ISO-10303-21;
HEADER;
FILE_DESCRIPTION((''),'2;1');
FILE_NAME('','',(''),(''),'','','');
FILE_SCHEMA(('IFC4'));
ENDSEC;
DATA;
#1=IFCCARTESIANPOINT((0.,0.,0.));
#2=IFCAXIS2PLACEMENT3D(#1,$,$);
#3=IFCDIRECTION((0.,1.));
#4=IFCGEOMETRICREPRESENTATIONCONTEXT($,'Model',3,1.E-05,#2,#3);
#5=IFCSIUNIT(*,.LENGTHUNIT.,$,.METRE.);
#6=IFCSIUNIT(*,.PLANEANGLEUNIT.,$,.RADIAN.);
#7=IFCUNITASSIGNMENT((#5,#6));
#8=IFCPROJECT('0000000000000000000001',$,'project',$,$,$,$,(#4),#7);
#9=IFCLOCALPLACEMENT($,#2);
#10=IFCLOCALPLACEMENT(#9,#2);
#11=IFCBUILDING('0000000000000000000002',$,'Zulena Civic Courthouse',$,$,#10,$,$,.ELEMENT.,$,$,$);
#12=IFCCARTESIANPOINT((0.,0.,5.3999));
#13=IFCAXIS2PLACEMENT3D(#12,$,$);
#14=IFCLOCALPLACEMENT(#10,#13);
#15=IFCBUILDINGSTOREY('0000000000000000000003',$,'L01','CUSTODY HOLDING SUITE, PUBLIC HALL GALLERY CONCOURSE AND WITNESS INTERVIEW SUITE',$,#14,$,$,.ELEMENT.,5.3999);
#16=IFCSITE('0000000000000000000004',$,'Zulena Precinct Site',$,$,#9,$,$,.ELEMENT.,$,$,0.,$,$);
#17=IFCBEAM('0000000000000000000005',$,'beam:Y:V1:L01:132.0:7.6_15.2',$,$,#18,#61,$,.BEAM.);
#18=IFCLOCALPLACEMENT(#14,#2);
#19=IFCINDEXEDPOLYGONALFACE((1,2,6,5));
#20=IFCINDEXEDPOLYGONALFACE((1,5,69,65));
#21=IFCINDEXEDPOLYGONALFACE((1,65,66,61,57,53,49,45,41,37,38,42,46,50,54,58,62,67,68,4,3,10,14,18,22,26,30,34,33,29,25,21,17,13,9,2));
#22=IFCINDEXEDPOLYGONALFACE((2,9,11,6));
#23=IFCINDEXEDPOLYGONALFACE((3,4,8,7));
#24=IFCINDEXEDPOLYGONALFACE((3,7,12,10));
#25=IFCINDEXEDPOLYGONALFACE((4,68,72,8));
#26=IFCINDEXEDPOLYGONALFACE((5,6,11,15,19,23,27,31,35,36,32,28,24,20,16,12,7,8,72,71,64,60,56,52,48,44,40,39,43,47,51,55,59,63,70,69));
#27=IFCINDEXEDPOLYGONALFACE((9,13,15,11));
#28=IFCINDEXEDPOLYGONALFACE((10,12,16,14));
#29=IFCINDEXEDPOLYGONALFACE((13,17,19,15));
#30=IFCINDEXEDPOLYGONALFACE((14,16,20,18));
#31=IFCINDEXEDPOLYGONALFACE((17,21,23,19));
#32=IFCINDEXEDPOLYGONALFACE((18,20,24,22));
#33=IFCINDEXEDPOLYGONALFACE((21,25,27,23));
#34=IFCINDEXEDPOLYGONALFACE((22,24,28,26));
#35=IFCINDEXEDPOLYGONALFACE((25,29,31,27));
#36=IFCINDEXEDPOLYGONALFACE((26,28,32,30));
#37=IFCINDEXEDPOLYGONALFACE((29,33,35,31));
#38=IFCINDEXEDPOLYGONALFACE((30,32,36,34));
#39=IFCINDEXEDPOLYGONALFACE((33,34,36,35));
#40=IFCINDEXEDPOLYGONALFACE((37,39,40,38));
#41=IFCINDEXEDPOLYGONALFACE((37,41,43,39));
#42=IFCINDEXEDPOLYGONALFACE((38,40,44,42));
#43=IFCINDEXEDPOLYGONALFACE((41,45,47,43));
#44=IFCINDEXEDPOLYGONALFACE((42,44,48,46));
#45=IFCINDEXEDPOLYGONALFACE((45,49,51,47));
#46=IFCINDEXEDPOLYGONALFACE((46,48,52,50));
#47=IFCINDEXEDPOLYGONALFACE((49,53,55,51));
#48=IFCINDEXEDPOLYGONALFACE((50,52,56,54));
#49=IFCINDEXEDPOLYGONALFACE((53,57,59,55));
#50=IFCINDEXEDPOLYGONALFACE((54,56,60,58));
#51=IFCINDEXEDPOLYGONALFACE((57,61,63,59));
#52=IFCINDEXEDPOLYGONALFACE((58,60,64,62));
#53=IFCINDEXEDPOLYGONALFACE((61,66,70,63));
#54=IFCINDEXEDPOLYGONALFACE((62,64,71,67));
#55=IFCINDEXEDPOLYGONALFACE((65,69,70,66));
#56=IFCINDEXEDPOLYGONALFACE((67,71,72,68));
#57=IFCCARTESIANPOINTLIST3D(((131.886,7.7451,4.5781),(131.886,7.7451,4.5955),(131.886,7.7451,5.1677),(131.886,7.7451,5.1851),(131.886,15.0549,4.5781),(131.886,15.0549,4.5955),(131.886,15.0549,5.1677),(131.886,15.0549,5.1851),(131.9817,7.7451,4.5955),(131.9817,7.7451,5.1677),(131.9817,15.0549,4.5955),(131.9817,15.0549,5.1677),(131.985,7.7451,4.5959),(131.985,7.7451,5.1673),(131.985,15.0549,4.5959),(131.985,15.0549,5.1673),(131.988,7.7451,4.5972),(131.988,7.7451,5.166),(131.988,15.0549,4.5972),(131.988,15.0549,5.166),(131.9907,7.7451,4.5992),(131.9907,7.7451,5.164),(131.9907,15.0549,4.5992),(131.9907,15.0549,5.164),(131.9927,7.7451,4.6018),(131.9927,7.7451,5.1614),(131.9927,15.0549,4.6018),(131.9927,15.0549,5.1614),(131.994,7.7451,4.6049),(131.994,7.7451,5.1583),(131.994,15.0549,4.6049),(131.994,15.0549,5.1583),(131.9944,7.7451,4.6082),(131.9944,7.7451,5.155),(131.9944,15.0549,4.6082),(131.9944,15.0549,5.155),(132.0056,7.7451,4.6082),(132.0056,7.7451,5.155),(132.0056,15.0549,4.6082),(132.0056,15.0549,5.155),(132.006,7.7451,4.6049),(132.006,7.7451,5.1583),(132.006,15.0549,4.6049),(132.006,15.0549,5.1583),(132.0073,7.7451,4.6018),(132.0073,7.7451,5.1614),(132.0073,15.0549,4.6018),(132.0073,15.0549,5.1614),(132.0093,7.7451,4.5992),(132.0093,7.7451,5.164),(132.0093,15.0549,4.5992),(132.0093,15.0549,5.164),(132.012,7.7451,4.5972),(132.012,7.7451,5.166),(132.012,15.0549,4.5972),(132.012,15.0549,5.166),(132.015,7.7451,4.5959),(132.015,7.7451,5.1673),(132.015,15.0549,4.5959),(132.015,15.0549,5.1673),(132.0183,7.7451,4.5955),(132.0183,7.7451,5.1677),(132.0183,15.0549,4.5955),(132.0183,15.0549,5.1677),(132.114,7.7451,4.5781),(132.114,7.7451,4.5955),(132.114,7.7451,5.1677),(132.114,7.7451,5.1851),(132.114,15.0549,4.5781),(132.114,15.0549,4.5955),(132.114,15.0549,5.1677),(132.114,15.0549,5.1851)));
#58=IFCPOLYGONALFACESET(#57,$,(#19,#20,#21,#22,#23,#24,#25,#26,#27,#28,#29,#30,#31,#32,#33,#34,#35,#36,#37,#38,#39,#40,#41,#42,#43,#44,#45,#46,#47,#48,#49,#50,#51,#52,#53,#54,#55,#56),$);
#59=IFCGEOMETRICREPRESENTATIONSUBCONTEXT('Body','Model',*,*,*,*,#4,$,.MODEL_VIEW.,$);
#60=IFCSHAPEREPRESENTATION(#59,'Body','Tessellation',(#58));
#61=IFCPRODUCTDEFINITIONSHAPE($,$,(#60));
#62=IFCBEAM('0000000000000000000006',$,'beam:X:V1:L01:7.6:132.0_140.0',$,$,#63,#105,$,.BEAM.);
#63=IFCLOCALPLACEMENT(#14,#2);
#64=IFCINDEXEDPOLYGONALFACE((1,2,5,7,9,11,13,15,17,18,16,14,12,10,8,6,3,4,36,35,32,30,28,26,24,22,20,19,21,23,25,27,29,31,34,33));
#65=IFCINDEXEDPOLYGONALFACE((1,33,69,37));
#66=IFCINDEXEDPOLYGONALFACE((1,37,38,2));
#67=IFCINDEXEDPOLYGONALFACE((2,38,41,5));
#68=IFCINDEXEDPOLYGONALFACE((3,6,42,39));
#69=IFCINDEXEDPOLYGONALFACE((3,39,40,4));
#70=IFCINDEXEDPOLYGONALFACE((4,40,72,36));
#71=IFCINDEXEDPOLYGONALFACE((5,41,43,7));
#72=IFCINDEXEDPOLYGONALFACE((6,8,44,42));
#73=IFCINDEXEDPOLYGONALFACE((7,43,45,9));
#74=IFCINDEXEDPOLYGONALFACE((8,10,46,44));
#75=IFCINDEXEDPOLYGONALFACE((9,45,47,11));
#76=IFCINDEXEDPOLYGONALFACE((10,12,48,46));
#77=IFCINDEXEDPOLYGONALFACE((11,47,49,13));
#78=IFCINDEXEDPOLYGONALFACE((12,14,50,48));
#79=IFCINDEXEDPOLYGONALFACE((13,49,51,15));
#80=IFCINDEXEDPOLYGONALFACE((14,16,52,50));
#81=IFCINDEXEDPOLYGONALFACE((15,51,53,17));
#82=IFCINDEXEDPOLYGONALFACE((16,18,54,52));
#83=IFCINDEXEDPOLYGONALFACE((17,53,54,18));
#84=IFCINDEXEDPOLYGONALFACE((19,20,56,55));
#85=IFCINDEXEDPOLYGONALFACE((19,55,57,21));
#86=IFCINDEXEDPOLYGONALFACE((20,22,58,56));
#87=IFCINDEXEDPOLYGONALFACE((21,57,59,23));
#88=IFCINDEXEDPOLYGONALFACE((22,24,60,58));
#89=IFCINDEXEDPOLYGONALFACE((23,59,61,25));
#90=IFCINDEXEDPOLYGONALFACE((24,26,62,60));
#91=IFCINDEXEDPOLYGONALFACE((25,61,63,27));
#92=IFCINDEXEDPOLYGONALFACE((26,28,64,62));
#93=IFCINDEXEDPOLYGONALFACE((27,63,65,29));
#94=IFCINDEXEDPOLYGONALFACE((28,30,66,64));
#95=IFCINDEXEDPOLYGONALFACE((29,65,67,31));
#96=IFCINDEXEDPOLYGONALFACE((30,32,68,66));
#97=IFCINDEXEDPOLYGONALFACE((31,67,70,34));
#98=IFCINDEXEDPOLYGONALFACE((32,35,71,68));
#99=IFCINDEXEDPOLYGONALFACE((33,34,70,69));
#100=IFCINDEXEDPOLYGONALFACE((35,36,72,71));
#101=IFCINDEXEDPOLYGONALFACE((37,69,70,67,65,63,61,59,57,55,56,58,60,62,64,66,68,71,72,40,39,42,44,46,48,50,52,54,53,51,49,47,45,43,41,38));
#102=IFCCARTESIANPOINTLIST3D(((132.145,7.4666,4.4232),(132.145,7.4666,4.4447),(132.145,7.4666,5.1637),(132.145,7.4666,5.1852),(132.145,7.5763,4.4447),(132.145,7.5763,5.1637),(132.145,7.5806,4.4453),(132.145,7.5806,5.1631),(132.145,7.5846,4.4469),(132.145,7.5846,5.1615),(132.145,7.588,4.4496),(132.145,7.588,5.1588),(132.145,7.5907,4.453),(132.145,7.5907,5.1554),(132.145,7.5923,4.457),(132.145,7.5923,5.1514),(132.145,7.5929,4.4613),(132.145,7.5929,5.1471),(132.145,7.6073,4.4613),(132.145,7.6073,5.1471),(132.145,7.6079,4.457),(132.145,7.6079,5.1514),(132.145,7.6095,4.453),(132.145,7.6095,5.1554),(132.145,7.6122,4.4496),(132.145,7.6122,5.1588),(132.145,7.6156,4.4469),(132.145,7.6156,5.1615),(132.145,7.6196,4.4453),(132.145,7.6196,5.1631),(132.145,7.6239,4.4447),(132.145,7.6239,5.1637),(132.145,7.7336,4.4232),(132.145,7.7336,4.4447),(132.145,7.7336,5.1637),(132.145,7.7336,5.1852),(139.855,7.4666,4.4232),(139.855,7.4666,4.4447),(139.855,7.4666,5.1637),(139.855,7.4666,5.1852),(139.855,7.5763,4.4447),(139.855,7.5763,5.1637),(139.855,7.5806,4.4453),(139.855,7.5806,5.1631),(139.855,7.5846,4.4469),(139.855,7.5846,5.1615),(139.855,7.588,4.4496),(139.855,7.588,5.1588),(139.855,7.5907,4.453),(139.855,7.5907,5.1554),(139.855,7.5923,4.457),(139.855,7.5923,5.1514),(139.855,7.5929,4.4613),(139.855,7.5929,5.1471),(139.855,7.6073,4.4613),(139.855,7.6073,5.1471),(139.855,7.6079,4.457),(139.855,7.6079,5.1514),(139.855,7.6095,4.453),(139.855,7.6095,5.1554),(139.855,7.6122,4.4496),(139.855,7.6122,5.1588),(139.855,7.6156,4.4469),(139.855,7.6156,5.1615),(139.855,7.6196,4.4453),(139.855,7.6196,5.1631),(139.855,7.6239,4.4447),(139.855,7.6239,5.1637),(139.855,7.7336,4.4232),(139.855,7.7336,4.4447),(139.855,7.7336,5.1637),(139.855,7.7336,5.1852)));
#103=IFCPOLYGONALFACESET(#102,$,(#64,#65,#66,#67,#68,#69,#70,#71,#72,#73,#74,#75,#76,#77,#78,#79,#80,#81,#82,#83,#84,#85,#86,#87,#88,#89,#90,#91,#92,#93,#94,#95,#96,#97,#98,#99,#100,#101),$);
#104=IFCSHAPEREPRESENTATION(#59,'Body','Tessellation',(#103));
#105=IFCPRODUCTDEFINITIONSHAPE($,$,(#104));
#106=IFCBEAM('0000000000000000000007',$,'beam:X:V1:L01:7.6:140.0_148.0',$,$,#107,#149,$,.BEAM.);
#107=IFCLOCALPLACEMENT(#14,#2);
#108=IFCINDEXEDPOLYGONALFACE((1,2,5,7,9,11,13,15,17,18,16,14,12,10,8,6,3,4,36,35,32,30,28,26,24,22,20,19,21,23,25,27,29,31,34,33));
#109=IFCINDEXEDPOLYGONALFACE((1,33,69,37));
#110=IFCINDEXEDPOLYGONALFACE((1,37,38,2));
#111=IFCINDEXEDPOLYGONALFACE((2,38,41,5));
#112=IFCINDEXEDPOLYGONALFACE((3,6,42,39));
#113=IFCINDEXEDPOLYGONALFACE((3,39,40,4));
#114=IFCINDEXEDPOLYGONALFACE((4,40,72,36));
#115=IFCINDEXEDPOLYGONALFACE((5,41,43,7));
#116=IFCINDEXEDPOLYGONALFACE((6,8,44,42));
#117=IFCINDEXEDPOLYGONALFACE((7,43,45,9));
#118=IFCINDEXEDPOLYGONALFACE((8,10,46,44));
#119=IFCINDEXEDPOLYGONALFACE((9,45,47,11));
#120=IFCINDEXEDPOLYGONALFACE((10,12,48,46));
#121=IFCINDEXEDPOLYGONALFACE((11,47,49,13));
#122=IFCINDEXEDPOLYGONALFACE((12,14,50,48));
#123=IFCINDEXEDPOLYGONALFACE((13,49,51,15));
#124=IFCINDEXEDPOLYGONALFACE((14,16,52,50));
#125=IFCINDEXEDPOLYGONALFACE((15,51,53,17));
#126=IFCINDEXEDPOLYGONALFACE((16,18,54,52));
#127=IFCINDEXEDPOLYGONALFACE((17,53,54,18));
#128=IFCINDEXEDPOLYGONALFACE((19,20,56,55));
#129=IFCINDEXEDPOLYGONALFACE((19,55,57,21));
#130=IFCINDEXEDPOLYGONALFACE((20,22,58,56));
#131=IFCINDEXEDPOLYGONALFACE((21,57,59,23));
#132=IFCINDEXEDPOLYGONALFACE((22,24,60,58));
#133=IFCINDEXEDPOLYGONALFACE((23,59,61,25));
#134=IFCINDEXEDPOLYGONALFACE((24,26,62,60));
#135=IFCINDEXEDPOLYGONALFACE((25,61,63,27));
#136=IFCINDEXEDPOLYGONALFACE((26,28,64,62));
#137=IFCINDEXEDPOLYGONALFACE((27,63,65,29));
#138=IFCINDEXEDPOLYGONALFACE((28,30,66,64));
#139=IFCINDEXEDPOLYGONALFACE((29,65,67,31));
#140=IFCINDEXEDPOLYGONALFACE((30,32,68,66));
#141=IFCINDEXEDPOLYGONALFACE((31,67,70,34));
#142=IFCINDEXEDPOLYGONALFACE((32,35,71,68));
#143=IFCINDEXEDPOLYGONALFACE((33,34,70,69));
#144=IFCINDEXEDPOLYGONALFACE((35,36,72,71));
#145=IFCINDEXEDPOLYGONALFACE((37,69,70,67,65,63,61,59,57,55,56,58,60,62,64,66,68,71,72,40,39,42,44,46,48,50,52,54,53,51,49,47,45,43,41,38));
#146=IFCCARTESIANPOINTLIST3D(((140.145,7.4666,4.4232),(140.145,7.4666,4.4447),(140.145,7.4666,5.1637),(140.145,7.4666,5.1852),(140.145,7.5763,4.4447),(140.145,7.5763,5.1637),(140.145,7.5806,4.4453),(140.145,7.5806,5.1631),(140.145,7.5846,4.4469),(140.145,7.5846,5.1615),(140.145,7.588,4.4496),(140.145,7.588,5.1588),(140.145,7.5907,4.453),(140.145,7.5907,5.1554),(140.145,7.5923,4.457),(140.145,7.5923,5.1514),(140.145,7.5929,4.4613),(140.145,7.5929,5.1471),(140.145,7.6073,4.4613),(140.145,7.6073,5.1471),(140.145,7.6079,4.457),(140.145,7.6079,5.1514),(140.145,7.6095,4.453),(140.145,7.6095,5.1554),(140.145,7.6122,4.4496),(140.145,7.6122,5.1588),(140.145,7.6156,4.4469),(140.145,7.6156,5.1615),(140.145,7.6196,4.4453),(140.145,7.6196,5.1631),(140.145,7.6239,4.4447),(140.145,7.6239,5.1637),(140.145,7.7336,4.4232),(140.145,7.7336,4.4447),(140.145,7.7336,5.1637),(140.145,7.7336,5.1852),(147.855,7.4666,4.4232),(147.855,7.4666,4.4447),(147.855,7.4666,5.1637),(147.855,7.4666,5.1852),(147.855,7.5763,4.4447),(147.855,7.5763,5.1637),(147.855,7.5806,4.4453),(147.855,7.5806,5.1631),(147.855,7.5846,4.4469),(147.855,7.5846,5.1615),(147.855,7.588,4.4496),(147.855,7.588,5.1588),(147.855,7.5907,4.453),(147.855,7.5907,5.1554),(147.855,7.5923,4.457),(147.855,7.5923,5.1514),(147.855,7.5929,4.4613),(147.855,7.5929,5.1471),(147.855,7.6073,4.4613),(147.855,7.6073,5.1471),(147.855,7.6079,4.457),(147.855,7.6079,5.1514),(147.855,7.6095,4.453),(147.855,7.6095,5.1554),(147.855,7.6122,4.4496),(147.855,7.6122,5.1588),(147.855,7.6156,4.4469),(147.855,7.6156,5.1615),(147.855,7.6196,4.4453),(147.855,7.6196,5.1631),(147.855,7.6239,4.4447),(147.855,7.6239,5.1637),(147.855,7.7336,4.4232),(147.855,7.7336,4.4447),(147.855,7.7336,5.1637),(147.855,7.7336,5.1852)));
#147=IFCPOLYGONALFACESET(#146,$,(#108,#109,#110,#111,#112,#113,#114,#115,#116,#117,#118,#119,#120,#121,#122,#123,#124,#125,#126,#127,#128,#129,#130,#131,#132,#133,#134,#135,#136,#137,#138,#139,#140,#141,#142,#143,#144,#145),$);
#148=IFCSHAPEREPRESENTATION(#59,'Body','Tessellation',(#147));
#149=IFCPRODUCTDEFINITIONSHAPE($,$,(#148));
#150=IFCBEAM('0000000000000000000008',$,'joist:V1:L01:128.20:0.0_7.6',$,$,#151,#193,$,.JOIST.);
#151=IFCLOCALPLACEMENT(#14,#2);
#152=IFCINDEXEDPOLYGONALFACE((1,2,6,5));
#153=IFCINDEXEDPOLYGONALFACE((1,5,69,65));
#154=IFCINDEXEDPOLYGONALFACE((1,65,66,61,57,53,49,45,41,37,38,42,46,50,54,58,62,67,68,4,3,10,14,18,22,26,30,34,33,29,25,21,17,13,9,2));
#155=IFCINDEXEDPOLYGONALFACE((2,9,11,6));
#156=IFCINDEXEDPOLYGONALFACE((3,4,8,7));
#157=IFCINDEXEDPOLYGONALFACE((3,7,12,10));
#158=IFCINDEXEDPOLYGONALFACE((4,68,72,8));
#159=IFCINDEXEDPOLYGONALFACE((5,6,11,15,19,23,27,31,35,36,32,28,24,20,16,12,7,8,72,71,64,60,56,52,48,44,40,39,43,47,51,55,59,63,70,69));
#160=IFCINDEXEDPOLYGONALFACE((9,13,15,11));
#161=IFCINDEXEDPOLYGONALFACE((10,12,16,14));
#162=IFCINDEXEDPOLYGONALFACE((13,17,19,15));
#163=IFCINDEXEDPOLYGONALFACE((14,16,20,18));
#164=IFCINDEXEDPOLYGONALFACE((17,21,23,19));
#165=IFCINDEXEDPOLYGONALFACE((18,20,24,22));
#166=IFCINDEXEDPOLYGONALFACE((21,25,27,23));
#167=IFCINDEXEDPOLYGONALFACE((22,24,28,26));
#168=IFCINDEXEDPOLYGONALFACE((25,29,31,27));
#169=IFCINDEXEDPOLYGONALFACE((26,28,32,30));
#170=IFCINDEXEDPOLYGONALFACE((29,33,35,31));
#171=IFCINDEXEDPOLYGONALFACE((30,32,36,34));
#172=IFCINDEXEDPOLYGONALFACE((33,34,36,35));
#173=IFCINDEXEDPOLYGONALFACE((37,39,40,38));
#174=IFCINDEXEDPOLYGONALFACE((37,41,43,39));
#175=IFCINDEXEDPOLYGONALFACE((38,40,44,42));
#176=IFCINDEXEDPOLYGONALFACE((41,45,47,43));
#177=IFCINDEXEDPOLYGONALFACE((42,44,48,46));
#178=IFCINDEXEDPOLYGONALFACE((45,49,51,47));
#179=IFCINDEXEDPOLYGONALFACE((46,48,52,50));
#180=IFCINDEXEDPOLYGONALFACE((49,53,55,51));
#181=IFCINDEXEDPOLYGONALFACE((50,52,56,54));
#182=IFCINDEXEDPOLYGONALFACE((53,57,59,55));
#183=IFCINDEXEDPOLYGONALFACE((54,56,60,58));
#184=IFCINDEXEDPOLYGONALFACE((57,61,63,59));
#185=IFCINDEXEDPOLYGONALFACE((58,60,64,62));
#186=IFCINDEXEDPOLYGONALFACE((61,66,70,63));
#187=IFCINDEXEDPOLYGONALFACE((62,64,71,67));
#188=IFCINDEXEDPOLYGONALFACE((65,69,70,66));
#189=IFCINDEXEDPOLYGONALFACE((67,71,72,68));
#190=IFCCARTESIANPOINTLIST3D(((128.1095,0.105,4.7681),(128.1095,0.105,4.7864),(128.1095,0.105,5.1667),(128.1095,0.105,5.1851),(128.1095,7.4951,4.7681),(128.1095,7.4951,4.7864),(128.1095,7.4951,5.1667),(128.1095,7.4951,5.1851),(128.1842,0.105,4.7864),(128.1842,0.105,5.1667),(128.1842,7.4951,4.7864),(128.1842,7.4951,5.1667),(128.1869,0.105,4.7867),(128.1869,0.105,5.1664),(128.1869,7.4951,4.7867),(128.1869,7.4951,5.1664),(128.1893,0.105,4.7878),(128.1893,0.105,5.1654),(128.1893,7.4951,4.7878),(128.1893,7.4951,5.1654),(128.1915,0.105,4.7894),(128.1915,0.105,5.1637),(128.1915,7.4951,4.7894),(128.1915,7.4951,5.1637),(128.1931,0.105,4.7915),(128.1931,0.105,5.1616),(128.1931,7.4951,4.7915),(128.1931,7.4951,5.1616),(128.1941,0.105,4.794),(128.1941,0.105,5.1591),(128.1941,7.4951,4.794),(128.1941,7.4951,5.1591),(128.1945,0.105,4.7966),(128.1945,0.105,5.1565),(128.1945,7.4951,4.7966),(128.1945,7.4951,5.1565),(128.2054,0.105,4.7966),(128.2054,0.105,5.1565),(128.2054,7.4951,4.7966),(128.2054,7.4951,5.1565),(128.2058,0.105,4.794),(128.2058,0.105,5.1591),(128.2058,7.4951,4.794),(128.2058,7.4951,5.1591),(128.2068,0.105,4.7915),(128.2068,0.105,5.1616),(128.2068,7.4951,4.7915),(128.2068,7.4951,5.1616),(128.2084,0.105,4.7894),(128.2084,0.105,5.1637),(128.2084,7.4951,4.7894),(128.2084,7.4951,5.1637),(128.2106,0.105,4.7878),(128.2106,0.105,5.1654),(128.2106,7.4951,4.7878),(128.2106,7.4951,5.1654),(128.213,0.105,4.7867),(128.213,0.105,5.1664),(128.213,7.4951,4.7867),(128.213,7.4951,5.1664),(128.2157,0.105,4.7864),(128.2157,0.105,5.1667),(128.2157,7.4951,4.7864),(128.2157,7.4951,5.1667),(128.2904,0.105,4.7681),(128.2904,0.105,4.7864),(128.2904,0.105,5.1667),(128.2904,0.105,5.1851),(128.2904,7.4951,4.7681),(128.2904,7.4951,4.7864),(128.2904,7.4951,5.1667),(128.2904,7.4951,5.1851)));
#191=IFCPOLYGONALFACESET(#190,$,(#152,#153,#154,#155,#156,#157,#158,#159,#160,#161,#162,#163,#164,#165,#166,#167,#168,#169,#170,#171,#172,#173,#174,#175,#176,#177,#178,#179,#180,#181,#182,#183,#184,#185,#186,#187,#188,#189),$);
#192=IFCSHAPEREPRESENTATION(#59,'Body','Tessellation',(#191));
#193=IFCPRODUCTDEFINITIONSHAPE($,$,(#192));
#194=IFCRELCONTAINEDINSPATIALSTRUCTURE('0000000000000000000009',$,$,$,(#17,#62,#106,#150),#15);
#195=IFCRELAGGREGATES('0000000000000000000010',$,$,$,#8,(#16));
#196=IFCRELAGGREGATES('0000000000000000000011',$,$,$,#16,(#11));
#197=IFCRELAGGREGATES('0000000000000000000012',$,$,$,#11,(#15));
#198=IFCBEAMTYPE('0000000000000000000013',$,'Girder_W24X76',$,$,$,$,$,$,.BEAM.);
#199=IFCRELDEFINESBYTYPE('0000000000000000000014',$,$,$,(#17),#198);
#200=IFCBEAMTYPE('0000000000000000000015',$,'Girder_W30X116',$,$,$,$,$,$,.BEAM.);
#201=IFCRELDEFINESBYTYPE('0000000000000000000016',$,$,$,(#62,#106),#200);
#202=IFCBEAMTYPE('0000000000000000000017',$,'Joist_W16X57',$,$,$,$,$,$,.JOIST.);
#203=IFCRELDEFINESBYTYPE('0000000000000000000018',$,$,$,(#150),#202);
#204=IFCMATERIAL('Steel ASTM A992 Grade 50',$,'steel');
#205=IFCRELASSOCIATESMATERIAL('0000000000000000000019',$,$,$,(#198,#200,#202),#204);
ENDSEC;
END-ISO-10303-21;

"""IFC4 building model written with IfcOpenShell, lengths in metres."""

from ifc_helpers import new_model, si_unit, direction, frame, origin, origin_2d, place, context, subcontext, project, spatial, i_section, extrude, material, material_profile, profile_set, type_object, element, save


model = new_model("IFC4")

# Units and contexts
model_context = context("Model", 3, precision=1e-05, world=origin(), true_north=direction((0.0, 1.0)))
body_context = subcontext(model_context, "Body", "Model", "MODEL_VIEW")
ifc_project = project(units=[si_unit("LENGTHUNIT", "METRE"), si_unit("PLANEANGLEUNIT", "RADIAN")], contexts=[model_context])

# Site, building, storey
site_placement = place(None, origin())
site = spatial("IfcSite", under=ifc_project, at=site_placement, Name="Zulena Precinct Site", CompositionType="ELEMENT", RefElevation=0.0)
building_placement = place(site_placement, origin())
building = spatial("IfcBuilding", under=site, at=building_placement, Name="Zulena Civic Courthouse", CompositionType="ELEMENT")
storey_placement = place(building_placement, frame((0.0, 0.0, 5.3999)))
storey = spatial("IfcBuildingStorey", under=building, at=storey_placement, Name="L01", Description="CUSTODY HOLDING SUITE, PUBLIC HALL GALLERY CONCOURSE AND WITNESS INTERVIEW SUITE", CompositionType="ELEMENT", Elevation=5.3999)

# Shared definitions
ifc_material_1 = material(Name="Steel ASTM A992 Grade 50", Category="steel")

# Beams
ifc_material_profile_1 = material_profile(ifc_material_1, i_section(OverallWidth=0.228, OverallDepth=0.6069, WebThickness=0.0112, FlangeThickness=0.0173, FilletRadius=0.0127, at=origin_2d()), Name="W24X76")
ifc_profile_set_1 = profile_set([ifc_material_profile_1], Name="Steel ASTM A992 Grade 50")
beam_type_1 = type_object("IfcBeamType", Name="Girder_W24X76", PredefinedType="BEAM", material=ifc_profile_set_1)
beam_1_placement = place(storey_placement, frame((132.0, 7.7451, 4.8816), z_axis=(0.0, 1.0, 0.0), x_axis=(-1.0, 0.0, 0.0)))
element("IfcBeam", 1, at=beam_1_placement, inside=storey, type_object=beam_type_1, Name="beam:Y:V1:L01:132.0:7.6_15.2", PredefinedType="BEAM", context=body_context, shape_type="SweptSolid", body=[
    extrude(i_section(OverallWidth=0.228, OverallDepth=0.6069, WebThickness=0.0112, FlangeThickness=0.0173, FilletRadius=0.0127, at=origin_2d()), origin(), (0.0, 0.0, 1.0), 7.3098),
])
ifc_material_profile_2 = material_profile(ifc_material_1, i_section(OverallWidth=0.2671, OverallDepth=0.762, WebThickness=0.0144, FlangeThickness=0.0215, FilletRadius=0.0166, at=origin_2d()), Name="W30X116")
ifc_profile_set_2 = profile_set([ifc_material_profile_2], Name="Steel ASTM A992 Grade 50")
beam_type_2 = type_object("IfcBeamType", Name="Girder_W30X116", PredefinedType="BEAM", material=ifc_profile_set_2)
for number, where, z_axis, x_axis, name in (
    (2, (132.145, 7.6001, 4.8042), (1.0, 0.0, 0.0), (0.0, 1.0, 0.0), "beam:X:V1:L01:7.6:132.0_140.0"),
    (3, (140.145, 7.6001, 4.8042), (1.0, 0.0, 0.0), (0.0, 1.0, 0.0), "beam:X:V1:L01:7.6:140.0_148.0"),
):
    element("IfcBeam", number, at=place(storey_placement, frame(where, z_axis=z_axis, x_axis=x_axis)), inside=storey, type_object=beam_type_2, Name=name, PredefinedType="BEAM", context=body_context, shape_type="SweptSolid", body=[
        extrude(i_section(OverallWidth=0.2671, OverallDepth=0.762, WebThickness=0.0144, FlangeThickness=0.0215, FilletRadius=0.0166, at=origin_2d()), origin(), (0.0, 0.0, 1.0), 7.71),
    ])
ifc_material_profile_3 = material_profile(ifc_material_1, i_section(OverallWidth=0.1809, OverallDepth=0.417, WebThickness=0.011, FlangeThickness=0.0183, FilletRadius=0.0103, at=origin_2d()), Name="W16X57")
ifc_profile_set_3 = profile_set([ifc_material_profile_3], Name="Steel ASTM A992 Grade 50")
beam_type_3 = type_object("IfcBeamType", Name="Joist_W16X57", PredefinedType="JOIST", material=ifc_profile_set_3)
beam_2_placement = place(storey_placement, frame((128.2, 0.105, 4.9766), z_axis=(0.0, 1.0, 0.0), x_axis=(-1.0, 0.0, 0.0)))
element("IfcBeam", 4, at=beam_2_placement, inside=storey, type_object=beam_type_3, Name="joist:V1:L01:128.20:0.0_7.6", PredefinedType="JOIST", context=body_context, shape_type="SweptSolid", body=[
    extrude(i_section(OverallWidth=0.1809, OverallDepth=0.417, WebThickness=0.011, FlangeThickness=0.0183, FilletRadius=0.0103, at=origin_2d()), origin(), (0.0, 0.0, 1.0), 7.3901),
])

save(model, "model.ifc")
